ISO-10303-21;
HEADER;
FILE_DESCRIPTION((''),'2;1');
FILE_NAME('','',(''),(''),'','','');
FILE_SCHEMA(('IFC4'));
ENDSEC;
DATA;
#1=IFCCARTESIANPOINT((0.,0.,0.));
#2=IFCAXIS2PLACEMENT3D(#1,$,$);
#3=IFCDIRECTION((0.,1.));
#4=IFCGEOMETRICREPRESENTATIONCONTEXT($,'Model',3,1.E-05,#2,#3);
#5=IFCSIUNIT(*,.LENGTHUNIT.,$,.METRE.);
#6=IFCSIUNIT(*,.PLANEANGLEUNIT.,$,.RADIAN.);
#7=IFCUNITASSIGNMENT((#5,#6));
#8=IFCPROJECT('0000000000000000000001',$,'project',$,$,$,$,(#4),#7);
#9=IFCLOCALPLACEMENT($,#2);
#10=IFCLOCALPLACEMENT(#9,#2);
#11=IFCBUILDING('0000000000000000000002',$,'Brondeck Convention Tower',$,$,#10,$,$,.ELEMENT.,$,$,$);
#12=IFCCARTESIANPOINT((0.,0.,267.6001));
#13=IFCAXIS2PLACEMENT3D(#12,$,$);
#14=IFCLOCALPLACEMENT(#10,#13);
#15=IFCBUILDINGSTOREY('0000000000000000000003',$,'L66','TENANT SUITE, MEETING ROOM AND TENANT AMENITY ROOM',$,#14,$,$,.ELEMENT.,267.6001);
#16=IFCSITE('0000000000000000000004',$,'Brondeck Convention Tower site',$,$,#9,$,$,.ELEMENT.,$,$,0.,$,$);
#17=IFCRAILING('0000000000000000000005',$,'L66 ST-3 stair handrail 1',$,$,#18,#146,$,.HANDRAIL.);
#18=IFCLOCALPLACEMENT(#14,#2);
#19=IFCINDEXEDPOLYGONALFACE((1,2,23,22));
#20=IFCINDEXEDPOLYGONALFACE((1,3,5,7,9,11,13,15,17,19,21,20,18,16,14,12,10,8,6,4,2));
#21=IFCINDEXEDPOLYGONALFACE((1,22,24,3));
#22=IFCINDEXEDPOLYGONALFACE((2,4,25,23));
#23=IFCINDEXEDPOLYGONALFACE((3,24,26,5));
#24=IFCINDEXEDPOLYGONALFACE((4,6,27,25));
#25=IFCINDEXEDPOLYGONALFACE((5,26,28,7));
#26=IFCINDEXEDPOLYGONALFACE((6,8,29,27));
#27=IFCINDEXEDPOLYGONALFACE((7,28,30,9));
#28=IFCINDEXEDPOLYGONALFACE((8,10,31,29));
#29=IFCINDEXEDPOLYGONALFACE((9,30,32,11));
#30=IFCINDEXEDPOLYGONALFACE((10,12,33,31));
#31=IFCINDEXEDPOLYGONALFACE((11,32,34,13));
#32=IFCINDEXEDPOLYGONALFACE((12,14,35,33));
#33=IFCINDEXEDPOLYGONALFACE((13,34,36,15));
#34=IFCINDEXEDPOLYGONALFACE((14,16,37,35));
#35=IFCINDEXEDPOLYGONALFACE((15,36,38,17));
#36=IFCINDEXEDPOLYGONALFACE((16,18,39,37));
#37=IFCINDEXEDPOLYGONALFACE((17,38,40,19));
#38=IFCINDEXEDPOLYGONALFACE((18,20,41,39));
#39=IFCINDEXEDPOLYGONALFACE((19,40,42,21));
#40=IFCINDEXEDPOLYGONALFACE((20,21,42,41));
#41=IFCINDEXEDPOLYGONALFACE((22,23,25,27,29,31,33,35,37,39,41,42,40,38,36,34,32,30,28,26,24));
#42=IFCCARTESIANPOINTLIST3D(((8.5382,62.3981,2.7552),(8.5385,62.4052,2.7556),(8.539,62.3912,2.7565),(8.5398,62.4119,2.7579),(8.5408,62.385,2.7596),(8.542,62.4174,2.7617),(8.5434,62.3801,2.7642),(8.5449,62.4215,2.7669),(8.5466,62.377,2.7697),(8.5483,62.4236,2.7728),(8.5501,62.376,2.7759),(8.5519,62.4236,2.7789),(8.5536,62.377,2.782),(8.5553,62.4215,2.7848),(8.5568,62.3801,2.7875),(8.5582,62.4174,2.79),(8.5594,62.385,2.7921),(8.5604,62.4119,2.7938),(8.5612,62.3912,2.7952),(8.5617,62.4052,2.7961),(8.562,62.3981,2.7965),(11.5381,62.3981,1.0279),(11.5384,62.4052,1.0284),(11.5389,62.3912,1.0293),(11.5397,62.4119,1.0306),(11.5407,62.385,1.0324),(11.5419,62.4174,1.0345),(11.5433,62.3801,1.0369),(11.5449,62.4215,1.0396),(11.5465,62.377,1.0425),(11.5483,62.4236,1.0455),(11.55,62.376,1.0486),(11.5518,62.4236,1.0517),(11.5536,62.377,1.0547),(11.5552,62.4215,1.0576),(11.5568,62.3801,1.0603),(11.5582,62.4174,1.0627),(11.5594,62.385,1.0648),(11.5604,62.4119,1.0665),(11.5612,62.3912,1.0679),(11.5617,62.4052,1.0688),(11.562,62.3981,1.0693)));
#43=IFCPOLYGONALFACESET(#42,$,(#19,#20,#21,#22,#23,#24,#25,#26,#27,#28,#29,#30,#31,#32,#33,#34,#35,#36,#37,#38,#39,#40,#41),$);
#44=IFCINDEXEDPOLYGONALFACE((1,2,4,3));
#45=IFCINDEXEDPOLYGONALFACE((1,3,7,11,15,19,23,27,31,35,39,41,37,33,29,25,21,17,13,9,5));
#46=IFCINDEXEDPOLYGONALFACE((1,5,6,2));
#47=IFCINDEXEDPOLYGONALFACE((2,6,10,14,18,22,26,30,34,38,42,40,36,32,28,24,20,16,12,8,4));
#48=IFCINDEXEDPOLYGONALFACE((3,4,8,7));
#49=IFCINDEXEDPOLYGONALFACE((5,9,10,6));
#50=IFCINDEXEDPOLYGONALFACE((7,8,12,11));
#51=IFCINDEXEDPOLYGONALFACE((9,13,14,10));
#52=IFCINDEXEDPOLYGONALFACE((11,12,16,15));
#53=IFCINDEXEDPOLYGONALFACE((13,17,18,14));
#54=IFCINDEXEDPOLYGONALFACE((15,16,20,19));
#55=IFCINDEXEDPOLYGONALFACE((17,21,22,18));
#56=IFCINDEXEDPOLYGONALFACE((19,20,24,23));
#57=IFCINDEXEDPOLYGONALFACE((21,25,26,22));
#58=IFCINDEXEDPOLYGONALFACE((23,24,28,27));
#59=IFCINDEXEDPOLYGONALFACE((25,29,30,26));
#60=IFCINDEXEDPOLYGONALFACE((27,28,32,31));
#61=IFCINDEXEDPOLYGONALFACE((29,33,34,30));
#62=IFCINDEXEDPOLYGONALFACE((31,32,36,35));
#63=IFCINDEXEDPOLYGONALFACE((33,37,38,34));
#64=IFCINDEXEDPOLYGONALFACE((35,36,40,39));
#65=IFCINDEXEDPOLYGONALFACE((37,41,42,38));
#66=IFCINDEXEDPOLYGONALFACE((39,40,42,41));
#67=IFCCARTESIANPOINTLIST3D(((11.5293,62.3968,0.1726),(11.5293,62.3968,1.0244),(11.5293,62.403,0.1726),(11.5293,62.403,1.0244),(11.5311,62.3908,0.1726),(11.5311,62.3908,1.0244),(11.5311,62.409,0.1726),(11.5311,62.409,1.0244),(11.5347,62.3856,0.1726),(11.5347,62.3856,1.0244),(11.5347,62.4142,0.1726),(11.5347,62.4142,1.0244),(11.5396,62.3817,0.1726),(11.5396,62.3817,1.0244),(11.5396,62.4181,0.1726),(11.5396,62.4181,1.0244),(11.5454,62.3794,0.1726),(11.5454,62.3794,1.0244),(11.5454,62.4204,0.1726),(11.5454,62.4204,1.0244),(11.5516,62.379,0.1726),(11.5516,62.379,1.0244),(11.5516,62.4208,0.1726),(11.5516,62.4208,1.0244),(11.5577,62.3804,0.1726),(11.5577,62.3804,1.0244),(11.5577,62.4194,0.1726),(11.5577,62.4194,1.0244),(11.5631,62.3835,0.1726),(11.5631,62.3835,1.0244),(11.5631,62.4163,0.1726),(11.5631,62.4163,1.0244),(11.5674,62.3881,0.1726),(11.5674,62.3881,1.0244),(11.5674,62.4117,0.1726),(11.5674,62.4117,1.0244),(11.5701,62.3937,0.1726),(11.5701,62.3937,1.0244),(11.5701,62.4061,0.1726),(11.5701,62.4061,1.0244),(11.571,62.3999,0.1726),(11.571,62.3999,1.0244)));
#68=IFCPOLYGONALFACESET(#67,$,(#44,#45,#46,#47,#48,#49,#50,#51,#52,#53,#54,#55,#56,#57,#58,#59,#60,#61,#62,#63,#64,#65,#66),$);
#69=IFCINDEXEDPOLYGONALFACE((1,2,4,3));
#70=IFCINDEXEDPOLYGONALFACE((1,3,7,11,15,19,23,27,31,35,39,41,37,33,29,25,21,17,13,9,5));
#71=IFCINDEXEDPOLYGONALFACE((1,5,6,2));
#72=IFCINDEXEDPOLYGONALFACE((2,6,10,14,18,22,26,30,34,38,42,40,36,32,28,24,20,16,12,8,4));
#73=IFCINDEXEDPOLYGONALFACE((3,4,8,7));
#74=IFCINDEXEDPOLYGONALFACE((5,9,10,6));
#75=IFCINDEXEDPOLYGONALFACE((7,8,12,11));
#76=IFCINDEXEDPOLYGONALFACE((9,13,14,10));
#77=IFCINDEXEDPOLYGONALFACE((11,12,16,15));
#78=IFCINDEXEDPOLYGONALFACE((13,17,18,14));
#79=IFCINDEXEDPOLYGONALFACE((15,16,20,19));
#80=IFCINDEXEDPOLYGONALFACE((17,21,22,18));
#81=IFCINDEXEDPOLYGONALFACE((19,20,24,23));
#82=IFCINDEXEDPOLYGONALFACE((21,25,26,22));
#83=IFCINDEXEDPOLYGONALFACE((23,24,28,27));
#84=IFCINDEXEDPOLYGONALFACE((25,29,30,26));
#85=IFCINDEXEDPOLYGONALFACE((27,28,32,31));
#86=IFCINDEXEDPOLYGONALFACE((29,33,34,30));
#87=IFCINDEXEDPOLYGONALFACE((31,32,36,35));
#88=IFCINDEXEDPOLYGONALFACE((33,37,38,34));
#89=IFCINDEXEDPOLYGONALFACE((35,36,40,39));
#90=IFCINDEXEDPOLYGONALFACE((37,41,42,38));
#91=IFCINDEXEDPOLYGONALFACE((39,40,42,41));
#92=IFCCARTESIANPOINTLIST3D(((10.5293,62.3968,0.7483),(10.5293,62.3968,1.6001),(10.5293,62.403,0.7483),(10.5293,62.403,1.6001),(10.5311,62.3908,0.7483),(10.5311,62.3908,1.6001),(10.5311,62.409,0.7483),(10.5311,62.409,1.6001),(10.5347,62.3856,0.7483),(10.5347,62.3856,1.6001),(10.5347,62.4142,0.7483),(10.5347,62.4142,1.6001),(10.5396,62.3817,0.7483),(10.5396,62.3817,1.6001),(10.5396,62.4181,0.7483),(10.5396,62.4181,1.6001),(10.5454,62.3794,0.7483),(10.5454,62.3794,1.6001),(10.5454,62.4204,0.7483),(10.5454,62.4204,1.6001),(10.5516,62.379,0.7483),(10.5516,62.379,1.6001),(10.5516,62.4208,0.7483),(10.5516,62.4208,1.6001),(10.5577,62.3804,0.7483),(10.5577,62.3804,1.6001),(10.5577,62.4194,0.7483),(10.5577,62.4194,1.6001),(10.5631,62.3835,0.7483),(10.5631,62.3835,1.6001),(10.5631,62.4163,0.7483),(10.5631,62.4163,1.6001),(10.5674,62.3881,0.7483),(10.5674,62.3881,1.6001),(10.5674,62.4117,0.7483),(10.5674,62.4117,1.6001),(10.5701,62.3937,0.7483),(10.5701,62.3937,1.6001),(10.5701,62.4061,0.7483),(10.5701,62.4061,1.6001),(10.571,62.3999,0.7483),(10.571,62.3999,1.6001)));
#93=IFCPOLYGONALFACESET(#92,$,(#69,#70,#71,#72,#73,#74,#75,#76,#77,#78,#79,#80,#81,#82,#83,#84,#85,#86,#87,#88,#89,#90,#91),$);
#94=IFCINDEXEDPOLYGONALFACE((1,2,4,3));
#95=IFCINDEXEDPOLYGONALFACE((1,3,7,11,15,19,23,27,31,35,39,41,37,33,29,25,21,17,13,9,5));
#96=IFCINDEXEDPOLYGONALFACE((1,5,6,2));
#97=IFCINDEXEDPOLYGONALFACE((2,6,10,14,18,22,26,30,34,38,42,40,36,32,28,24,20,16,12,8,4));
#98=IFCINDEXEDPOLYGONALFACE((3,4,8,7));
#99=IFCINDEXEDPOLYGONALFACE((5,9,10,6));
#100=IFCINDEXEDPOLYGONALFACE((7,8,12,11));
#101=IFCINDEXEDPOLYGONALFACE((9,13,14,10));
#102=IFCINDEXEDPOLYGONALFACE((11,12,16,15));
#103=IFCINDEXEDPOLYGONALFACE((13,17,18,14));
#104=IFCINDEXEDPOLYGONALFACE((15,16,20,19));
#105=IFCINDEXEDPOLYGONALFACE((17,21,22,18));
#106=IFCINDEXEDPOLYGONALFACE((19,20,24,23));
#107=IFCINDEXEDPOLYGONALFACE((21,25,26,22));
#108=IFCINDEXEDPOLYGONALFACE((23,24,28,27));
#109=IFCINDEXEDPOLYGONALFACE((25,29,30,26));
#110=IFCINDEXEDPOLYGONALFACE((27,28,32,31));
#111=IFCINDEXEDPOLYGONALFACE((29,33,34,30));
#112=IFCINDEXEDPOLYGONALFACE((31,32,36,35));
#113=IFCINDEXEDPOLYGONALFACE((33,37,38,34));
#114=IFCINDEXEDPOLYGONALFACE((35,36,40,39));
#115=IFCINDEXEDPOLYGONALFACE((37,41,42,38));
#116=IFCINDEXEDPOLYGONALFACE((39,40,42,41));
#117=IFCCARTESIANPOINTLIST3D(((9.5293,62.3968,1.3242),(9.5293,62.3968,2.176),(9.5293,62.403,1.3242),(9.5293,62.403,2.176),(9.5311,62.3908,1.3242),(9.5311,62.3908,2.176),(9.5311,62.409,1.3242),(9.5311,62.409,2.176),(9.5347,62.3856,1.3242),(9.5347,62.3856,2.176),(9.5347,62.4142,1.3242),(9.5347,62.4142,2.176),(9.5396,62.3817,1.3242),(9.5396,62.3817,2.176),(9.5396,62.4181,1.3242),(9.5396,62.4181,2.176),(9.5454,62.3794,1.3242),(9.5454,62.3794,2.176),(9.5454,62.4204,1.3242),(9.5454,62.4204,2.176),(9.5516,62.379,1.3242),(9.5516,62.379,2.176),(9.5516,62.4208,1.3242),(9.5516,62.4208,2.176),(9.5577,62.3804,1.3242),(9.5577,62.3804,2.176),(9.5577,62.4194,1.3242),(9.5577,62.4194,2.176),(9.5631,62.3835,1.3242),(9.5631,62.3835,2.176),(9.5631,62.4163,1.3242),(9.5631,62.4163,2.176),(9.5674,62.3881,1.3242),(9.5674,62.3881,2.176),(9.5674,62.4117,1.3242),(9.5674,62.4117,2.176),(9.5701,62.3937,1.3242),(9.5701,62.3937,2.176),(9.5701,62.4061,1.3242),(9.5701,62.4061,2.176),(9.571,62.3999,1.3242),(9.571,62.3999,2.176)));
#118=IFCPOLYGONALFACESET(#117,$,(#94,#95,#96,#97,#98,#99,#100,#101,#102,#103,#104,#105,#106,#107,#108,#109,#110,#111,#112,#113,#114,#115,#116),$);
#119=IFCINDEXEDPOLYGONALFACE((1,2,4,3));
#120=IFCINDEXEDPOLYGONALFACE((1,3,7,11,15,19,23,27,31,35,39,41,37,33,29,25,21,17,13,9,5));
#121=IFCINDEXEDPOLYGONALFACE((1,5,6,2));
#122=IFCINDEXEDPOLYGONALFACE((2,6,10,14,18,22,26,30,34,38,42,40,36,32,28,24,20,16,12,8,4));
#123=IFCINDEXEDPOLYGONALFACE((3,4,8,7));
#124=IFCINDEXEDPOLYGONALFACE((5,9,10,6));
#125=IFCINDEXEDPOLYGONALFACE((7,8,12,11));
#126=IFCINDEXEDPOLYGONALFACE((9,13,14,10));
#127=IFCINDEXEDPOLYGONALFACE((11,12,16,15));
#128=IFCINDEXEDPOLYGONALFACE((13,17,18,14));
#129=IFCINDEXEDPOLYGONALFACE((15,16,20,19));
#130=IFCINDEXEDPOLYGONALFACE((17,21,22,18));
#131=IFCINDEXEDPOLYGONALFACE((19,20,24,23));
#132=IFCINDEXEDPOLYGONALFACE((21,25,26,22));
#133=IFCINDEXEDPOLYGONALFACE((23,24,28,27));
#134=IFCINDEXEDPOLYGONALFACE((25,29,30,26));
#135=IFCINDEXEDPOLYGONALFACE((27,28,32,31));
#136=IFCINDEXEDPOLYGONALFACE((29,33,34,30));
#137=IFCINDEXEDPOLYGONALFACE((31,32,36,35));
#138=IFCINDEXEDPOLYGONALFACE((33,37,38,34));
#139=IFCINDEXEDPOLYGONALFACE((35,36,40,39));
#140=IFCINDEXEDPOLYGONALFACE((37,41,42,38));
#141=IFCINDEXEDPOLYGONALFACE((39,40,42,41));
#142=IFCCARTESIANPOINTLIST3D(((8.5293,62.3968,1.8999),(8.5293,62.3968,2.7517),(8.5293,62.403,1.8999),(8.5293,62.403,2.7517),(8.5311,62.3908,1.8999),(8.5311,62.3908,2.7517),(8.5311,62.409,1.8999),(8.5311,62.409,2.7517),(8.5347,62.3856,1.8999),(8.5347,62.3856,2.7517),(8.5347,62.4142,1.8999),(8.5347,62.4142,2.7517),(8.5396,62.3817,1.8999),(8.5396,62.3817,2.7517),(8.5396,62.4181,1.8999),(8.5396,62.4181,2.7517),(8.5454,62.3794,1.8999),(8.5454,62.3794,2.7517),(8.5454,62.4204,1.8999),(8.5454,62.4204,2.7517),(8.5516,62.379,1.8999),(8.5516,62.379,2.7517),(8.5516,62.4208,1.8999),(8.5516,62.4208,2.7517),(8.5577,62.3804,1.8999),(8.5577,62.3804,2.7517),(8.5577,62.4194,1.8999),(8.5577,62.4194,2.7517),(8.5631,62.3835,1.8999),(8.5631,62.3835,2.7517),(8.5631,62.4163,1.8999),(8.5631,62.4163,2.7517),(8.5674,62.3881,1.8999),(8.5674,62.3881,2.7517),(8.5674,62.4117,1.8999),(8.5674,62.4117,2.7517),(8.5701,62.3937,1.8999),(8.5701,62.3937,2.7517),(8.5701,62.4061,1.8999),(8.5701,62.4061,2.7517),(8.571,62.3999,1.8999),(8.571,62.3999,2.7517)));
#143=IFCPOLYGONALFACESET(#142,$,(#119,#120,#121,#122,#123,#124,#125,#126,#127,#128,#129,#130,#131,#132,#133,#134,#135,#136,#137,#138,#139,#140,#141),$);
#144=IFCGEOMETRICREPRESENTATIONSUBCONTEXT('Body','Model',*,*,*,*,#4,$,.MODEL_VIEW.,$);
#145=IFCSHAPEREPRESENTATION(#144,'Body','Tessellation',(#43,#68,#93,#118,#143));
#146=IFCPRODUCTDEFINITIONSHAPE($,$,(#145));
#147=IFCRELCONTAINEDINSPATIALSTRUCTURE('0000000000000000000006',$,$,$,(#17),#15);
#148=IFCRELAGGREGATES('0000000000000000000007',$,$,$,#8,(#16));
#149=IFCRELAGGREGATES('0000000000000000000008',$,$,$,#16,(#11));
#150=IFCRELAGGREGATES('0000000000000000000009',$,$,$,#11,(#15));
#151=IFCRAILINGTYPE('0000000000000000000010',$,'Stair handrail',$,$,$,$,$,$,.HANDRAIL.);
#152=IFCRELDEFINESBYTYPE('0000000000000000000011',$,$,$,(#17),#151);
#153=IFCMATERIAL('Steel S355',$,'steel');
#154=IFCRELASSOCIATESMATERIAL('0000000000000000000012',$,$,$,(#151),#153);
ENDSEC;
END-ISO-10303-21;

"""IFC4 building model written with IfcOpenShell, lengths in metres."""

from ifc_helpers import new_model, si_unit, direction, frame, origin, origin_2d, place, context, subcontext, project, spatial, circle, extrude, material, type_object, element, save


model = new_model("IFC4")

# Units and contexts
model_context = context("Model", 3, precision=1e-05, world=origin(), true_north=direction((0.0, 1.0)))
body_context = subcontext(model_context, "Body", "Model", "MODEL_VIEW")
ifc_project = project(units=[si_unit("LENGTHUNIT", "METRE"), si_unit("PLANEANGLEUNIT", "RADIAN")], contexts=[model_context])

# Site, building, storey
site_placement = place(None, origin())
site = spatial("IfcSite", under=ifc_project, at=site_placement, Name="Brondeck Convention Tower site", CompositionType="ELEMENT", RefElevation=0.0)
building_placement = place(site_placement, origin())
building = spatial("IfcBuilding", under=site, at=building_placement, Name="Brondeck Convention Tower", CompositionType="ELEMENT")
storey_placement = place(building_placement, frame((0.0, 0.0, 267.6001)))
storey = spatial("IfcBuildingStorey", under=building, at=storey_placement, Name="L66", Description="TENANT SUITE, MEETING ROOM AND TENANT AMENITY ROOM", CompositionType="ELEMENT", Elevation=267.6001)

# Railing
ifc_material_1 = material(Name="Steel S355", Category="steel")
railing_type_1 = type_object("IfcRailingType", Name="Stair handrail", PredefinedType="HANDRAIL", material=ifc_material_1)
railing_1_placement = place(storey_placement, frame((11.55, 62.3999, 0.1726)))
element("IfcRailing", 1, at=railing_1_placement, inside=storey, type_object=railing_type_1, Name="L66 ST-3 stair handrail 1", PredefinedType="HANDRAIL", context=body_context, shape_type="SweptSolid", body=[
    extrude(circle(Radius=0.0239, at=origin_2d()), frame((0.0, 0.0, 0.876), z_axis=(-0.86662, 0.0, 0.498969), x_axis=(0.0, -1.0, 0.0)), (0.0, 0.0, 1.0), 3.4617),
    extrude(circle(Radius=0.021, at=origin_2d()), origin(), (0.0, 0.0, 1.0), 0.8518),
    extrude(circle(Radius=0.021, at=origin_2d()), frame((-1.0, 0.0, 0.5757)), (0.0, 0.0, 1.0), 0.8518),
    extrude(circle(Radius=0.021, at=origin_2d()), frame((-2.0, 0.0, 1.1516)), (0.0, 0.0, 1.0), 0.8518),
    extrude(circle(Radius=0.021, at=origin_2d()), frame((-3.0, 0.0, 1.7273)), (0.0, 0.0, 1.0), 0.8518),
])

save(model, "model.ifc")
